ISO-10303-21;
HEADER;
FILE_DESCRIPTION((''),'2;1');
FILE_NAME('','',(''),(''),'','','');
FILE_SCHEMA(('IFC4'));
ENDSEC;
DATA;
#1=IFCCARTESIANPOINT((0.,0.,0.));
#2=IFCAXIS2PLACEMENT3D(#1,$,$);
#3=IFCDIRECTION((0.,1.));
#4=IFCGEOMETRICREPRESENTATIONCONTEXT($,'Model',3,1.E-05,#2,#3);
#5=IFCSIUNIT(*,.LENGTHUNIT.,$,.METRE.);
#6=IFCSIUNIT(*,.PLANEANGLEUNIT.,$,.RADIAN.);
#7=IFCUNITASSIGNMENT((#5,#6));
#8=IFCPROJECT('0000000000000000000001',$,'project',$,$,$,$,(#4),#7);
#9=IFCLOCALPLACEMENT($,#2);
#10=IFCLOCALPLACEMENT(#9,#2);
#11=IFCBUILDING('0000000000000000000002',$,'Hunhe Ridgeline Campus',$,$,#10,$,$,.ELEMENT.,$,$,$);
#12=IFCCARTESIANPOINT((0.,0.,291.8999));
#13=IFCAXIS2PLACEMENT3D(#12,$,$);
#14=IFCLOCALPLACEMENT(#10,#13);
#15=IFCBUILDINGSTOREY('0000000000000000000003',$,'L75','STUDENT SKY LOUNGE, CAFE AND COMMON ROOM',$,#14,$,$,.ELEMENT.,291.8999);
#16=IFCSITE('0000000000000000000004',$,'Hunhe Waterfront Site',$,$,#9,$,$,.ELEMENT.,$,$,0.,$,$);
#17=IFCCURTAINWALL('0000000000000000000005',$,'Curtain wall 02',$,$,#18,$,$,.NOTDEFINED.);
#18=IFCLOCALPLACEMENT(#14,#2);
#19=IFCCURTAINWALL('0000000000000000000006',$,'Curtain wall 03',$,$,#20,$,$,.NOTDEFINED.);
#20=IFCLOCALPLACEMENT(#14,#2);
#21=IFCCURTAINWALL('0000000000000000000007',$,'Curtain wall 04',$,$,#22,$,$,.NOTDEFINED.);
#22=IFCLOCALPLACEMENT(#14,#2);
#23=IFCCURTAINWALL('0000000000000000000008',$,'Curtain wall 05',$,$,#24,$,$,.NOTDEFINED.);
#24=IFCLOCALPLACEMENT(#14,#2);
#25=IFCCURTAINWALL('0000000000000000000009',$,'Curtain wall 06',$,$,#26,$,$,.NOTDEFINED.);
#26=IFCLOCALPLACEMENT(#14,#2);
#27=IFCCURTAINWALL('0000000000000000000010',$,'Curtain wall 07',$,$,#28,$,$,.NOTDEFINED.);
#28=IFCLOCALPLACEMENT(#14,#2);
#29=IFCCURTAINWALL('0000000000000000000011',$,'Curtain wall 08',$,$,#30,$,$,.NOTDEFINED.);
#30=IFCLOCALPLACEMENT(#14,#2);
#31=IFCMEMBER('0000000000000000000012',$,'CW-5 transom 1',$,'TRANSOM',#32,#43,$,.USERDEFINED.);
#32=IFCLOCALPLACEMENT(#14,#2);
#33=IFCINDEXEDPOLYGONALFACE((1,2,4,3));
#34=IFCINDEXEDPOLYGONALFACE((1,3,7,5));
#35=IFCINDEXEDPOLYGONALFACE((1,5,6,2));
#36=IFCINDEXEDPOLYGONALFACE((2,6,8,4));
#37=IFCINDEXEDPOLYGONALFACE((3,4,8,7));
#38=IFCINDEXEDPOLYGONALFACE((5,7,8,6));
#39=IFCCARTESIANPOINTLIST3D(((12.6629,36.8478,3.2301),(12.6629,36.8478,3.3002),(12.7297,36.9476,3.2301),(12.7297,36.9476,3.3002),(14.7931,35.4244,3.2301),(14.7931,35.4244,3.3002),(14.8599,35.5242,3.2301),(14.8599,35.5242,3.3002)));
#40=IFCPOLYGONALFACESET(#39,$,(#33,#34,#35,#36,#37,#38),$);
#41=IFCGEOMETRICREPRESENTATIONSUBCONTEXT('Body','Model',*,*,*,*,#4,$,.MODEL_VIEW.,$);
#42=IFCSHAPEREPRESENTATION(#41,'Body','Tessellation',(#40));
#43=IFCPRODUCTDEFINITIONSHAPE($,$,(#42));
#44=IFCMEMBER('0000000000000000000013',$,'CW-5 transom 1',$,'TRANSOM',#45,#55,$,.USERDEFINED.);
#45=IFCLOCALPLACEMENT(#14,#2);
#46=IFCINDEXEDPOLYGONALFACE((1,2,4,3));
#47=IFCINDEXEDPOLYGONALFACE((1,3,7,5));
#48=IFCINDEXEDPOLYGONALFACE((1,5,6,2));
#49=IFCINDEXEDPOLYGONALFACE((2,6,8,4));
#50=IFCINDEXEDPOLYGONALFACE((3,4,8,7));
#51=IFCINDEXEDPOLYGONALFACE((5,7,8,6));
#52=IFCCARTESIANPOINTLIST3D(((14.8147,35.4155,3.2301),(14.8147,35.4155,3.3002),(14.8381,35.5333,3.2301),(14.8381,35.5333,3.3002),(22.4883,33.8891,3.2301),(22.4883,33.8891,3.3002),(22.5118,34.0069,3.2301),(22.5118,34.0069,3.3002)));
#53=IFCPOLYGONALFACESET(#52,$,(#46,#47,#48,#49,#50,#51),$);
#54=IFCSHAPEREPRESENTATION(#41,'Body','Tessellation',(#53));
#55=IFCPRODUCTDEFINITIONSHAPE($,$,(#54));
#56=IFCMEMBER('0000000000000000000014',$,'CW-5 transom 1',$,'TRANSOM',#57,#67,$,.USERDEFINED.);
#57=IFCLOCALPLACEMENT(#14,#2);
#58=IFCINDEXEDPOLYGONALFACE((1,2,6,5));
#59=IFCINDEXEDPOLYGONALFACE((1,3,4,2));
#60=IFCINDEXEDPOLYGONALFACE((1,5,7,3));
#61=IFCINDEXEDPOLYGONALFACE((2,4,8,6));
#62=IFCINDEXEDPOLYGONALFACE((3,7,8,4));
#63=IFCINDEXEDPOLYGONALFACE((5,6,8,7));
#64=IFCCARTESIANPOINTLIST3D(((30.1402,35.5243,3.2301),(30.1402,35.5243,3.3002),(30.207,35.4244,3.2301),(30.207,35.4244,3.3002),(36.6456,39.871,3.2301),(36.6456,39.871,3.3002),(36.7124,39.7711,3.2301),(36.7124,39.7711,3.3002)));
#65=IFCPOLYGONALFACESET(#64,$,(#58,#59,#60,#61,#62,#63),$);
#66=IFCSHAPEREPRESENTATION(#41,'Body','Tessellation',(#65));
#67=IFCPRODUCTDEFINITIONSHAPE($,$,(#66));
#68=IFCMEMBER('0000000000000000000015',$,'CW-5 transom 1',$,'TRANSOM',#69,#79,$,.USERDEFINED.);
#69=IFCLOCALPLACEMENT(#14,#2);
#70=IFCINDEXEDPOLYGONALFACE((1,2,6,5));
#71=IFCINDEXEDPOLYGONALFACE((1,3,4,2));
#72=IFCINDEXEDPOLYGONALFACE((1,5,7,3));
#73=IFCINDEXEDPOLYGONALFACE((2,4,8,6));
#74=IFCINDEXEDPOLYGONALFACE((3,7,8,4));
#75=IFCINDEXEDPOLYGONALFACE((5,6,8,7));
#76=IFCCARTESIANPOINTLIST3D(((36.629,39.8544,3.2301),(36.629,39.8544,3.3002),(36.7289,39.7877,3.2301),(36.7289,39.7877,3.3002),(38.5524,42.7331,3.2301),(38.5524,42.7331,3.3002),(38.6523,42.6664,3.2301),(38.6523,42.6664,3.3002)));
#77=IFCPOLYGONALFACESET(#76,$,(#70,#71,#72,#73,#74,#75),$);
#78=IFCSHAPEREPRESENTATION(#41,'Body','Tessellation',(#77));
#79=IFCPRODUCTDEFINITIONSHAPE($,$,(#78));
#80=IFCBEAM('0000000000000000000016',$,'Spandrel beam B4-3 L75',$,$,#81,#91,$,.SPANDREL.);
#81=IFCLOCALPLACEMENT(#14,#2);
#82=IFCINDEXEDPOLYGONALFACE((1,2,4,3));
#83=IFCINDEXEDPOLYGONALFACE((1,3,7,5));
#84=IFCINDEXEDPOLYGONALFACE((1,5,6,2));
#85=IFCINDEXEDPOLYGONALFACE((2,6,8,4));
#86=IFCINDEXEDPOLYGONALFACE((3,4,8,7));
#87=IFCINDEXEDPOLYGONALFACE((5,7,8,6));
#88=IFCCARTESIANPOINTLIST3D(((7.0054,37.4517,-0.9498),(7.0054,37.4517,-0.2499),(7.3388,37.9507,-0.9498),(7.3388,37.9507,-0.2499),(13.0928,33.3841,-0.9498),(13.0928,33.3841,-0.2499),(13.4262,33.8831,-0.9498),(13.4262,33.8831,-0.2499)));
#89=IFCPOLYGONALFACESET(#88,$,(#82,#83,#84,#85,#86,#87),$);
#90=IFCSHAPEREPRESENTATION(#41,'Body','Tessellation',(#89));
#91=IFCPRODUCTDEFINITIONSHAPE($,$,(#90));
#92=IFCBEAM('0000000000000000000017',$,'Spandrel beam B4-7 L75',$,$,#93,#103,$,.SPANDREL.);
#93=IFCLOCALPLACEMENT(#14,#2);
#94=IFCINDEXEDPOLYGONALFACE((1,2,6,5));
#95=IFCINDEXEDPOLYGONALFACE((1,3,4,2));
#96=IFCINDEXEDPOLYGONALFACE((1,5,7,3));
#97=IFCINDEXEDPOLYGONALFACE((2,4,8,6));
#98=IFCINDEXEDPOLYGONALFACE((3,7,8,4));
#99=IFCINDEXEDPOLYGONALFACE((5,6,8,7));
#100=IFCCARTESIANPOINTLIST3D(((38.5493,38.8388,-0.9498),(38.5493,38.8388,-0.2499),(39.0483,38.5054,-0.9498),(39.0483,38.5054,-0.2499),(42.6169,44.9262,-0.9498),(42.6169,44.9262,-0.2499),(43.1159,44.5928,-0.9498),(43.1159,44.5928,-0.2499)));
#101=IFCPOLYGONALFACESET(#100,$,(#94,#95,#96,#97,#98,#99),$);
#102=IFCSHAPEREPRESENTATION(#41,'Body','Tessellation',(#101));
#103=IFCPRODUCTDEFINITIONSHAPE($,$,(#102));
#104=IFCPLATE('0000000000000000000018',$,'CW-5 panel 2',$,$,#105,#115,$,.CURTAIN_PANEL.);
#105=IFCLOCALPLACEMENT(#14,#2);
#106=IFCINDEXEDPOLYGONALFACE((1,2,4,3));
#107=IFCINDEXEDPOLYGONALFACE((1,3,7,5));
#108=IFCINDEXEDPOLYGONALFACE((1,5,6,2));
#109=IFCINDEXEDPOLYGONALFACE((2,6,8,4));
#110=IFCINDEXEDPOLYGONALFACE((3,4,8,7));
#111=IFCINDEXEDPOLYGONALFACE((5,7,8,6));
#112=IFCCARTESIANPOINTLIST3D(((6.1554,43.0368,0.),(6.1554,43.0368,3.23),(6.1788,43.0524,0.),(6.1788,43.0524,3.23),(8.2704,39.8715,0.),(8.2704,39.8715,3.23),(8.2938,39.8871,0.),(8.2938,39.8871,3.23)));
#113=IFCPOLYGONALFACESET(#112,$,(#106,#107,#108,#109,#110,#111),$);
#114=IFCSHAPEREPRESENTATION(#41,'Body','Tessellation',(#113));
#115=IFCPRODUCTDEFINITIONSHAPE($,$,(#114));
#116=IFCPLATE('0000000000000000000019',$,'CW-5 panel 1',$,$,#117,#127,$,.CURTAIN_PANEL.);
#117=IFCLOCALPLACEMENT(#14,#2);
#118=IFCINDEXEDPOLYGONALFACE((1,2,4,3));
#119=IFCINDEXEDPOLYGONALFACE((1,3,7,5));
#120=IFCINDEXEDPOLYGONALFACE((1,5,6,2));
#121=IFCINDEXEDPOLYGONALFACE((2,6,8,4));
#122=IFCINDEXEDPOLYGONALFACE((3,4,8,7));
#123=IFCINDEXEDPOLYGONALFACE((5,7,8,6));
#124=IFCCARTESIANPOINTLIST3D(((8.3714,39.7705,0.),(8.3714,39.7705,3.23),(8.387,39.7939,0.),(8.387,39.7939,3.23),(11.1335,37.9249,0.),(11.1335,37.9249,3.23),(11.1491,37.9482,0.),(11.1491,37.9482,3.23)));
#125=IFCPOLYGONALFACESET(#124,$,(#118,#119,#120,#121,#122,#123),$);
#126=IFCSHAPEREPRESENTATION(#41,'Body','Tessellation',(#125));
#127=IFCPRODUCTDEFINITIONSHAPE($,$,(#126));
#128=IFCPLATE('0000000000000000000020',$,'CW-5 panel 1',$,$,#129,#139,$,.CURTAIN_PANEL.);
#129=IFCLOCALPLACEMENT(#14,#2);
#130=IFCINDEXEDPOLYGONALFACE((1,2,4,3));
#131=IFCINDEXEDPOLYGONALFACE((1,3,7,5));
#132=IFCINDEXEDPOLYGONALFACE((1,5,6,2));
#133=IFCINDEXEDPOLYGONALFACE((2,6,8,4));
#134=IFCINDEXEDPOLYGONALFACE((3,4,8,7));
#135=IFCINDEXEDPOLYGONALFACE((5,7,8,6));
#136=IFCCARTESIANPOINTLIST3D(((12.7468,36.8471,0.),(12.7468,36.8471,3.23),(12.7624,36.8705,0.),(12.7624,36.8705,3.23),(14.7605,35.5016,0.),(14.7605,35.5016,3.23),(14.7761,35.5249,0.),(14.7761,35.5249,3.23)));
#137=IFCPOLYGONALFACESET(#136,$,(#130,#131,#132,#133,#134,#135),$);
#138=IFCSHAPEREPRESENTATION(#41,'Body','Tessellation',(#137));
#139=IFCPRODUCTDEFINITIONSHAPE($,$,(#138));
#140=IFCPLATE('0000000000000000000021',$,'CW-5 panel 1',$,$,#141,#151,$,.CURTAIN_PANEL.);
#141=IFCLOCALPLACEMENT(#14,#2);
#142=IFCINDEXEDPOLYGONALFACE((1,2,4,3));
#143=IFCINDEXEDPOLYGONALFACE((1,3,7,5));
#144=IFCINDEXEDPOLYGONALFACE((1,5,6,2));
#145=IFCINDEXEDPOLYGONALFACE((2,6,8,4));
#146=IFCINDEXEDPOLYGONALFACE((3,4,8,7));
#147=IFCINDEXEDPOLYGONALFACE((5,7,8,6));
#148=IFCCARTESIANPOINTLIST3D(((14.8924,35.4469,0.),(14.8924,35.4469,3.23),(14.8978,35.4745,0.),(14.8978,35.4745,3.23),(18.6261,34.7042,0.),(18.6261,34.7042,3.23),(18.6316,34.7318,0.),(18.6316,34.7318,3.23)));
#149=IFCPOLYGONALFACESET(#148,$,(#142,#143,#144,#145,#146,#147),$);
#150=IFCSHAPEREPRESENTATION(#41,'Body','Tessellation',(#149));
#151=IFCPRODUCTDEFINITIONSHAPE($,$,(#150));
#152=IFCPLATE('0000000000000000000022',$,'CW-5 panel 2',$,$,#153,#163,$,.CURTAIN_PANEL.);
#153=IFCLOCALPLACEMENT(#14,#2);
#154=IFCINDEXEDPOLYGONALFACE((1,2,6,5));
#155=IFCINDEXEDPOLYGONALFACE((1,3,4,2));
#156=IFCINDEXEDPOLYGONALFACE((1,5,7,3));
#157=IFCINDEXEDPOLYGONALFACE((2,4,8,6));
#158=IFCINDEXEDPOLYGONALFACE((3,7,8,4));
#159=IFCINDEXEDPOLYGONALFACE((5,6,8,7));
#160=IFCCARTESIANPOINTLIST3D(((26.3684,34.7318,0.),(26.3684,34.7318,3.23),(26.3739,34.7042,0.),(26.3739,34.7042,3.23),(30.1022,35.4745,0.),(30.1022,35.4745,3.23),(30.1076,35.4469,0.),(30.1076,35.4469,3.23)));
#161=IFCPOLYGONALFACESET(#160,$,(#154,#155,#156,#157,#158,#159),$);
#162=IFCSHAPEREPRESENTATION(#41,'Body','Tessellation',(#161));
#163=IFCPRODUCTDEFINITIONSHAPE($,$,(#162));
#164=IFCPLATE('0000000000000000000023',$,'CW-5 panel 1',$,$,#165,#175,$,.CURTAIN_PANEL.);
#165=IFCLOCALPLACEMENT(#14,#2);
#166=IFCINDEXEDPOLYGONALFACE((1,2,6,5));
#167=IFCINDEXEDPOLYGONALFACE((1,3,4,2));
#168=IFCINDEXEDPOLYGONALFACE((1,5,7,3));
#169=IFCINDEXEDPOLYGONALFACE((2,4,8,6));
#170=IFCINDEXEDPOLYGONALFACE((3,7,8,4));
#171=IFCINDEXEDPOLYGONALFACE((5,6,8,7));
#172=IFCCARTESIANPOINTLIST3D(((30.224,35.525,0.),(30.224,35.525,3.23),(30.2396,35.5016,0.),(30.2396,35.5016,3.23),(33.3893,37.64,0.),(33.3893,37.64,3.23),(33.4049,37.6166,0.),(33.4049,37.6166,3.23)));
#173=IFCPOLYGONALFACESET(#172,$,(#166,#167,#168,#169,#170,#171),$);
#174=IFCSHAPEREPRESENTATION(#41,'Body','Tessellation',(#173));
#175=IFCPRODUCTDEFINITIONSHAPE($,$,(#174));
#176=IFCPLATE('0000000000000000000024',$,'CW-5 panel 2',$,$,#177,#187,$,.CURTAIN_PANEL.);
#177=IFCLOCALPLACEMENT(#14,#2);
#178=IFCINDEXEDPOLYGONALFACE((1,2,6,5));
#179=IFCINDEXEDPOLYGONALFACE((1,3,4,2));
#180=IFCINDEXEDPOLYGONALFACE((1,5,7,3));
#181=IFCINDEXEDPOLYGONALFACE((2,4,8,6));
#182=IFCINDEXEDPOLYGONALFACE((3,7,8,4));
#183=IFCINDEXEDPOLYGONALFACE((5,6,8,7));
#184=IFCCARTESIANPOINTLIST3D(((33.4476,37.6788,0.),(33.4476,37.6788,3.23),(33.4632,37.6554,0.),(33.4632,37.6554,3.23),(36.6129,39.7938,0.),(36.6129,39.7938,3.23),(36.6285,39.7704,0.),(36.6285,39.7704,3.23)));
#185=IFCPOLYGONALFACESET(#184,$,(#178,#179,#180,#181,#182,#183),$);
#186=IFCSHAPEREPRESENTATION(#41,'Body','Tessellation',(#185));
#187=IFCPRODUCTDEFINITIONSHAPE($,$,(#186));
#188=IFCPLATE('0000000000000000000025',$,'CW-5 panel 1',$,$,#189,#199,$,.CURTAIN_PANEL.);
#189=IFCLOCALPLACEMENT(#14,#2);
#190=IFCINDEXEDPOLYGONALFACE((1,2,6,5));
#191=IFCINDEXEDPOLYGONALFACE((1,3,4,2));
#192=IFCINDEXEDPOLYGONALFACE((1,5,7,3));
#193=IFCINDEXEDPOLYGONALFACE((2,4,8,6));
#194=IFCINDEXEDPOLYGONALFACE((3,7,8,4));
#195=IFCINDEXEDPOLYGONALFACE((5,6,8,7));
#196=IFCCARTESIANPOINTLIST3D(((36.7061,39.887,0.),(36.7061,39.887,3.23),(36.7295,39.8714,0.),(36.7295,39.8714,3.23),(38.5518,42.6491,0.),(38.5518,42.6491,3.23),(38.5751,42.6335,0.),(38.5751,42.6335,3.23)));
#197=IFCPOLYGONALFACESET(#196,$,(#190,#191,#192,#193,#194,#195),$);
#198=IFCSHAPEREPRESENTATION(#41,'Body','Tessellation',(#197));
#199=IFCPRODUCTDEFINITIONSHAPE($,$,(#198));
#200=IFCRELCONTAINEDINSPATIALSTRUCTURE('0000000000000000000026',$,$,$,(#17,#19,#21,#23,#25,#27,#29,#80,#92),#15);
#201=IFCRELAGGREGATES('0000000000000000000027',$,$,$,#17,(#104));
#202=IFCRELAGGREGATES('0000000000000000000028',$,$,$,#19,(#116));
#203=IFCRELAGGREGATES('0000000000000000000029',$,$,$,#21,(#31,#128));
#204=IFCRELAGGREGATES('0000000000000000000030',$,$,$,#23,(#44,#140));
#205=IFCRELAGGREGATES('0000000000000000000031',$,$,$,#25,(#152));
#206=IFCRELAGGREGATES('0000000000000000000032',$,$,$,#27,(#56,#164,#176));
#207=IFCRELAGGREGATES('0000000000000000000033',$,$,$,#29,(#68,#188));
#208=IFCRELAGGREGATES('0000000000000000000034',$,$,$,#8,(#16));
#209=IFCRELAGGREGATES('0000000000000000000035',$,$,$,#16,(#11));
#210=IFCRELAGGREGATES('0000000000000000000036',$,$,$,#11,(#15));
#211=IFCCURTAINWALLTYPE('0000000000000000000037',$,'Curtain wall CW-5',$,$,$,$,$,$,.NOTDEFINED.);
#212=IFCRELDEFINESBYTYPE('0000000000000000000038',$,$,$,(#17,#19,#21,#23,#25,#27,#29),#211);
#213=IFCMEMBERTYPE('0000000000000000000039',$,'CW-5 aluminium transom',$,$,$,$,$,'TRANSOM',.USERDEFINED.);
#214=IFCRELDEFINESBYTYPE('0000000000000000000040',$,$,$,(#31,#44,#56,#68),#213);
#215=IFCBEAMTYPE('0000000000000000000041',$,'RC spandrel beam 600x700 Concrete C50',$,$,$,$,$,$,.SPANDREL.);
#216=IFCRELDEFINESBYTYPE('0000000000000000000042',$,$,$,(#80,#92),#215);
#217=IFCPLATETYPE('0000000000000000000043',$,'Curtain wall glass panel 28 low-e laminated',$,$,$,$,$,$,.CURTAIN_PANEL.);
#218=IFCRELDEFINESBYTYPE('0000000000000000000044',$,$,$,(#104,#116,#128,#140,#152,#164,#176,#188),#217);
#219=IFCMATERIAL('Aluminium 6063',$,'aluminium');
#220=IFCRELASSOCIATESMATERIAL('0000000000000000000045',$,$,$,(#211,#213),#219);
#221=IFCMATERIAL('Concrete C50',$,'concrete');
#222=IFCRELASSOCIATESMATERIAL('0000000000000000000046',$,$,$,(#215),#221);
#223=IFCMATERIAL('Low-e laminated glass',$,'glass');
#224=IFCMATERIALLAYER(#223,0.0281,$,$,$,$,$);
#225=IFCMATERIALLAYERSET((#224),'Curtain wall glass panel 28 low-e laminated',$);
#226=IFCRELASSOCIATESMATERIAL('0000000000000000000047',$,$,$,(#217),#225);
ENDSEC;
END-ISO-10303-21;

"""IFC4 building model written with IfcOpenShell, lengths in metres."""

from ifc_helpers import new_model, si_unit, direction, frame, origin, origin_2d, place, context, subcontext, project, spatial, rectangle, extrude, material, layer, layer_set, material_profile, profile_set, type_object, element, aggregate, save


model = new_model("IFC4")

# Units and contexts
model_context = context("Model", 3, precision=1e-05, world=origin(), true_north=direction((0.0, 1.0)))
body_context = subcontext(model_context, "Body", "Model", "MODEL_VIEW")
ifc_project = project(units=[si_unit("LENGTHUNIT", "METRE"), si_unit("PLANEANGLEUNIT", "RADIAN")], contexts=[model_context])

# Site, building, storey
site_placement = place(None, origin())
site = spatial("IfcSite", under=ifc_project, at=site_placement, Name="Hunhe Waterfront Site", CompositionType="ELEMENT", RefElevation=0.0)
building_placement = place(site_placement, origin())
building = spatial("IfcBuilding", under=site, at=building_placement, Name="Hunhe Ridgeline Campus", CompositionType="ELEMENT")
storey_placement = place(building_placement, frame((0.0, 0.0, 291.8999)))
storey = spatial("IfcBuildingStorey", under=building, at=storey_placement, Name="L75", Description="STUDENT SKY LOUNGE, CAFE AND COMMON ROOM", CompositionType="ELEMENT", Elevation=291.8999)

# Shared definitions
ifc_material_1 = material(Name="Concrete C50", Category="concrete")

# Curtain wall
ifc_material_2 = material(Name="Aluminium 6063", Category="aluminium")
curtain_wall_type = type_object("IfcCurtainWallType", Name="Curtain wall CW-5", PredefinedType="NOTDEFINED", material=ifc_material_2)
curtain_wall_1_placement = place(storey_placement, origin())
curtain_wall_1 = element("IfcCurtainWall", 1, at=curtain_wall_1_placement, inside=storey, type_object=curtain_wall_type, Name="Curtain wall 02", PredefinedType="NOTDEFINED")

# Curtain walls
curtain_wall_2_placement = place(storey_placement, origin())
curtain_wall_2 = element("IfcCurtainWall", 2, at=curtain_wall_2_placement, inside=storey, type_object=curtain_wall_type, Name="Curtain wall 03", PredefinedType="NOTDEFINED")
curtain_wall_3_placement = place(storey_placement, origin())
curtain_wall_3 = element("IfcCurtainWall", 3, at=curtain_wall_3_placement, inside=storey, type_object=curtain_wall_type, Name="Curtain wall 04", PredefinedType="NOTDEFINED")

# Curtain wall
curtain_wall_4_placement = place(storey_placement, origin())
curtain_wall_4 = element("IfcCurtainWall", 4, at=curtain_wall_4_placement, inside=storey, type_object=curtain_wall_type, Name="Curtain wall 05", PredefinedType="NOTDEFINED")

# Curtain walls
curtain_wall_5_placement = place(storey_placement, origin())
curtain_wall_5 = element("IfcCurtainWall", 5, at=curtain_wall_5_placement, inside=storey, type_object=curtain_wall_type, Name="Curtain wall 06", PredefinedType="NOTDEFINED")
curtain_wall_6_placement = place(storey_placement, origin())
curtain_wall_6 = element("IfcCurtainWall", 6, at=curtain_wall_6_placement, inside=storey, type_object=curtain_wall_type, Name="Curtain wall 07", PredefinedType="NOTDEFINED")

# Curtain wall
curtain_wall_7_placement = place(storey_placement, origin())
curtain_wall_7 = element("IfcCurtainWall", 7, at=curtain_wall_7_placement, inside=storey, type_object=curtain_wall_type, Name="Curtain wall 08", PredefinedType="NOTDEFINED")

# Members
ifc_material_profile_1 = material_profile(ifc_material_2, rectangle(XDim=0.1201, YDim=0.0701, at=origin_2d()))
ifc_profile_set_1 = profile_set([ifc_material_profile_1], Name="Aluminium 6063")
member_type_1 = type_object("IfcMemberType", Name="CW-5 aluminium transom", ElementType="TRANSOM", PredefinedType="USERDEFINED", material=ifc_profile_set_1)
member_1_placement = place(storey_placement, frame((12.6963, 36.8977, 3.2651), z_axis=(0.831463, -0.55558, 0.0), x_axis=(0.55558, 0.831463, 0.0)))
member_1 = element("IfcMember", 8, at=member_1_placement, type_object=member_type_1, Name="CW-5 transom 1", ObjectType="TRANSOM", PredefinedType="USERDEFINED", context=body_context, shape_type="SweptSolid", body=[
    extrude(rectangle(XDim=0.1201, YDim=0.0701, at=origin_2d()), origin(), (0.0, 0.0, 1.0), 2.562),
])
member_2_placement = place(storey_placement, frame((14.8264, 35.4744, 3.2651), z_axis=(0.980785, -0.19509, 0.0), x_axis=(0.19509, 0.980785, 0.0)))
member_2 = element("IfcMember", 9, at=member_2_placement, type_object=member_type_1, Name="CW-5 transom 1", ObjectType="TRANSOM", PredefinedType="USERDEFINED", context=body_context, shape_type="SweptSolid", body=[
    extrude(rectangle(XDim=0.1201, YDim=0.0701, at=origin_2d()), origin(), (0.0, 0.0, 1.0), 7.824),
])
member_3_placement = place(storey_placement, frame((30.1736, 35.4744, 3.2651), z_axis=(0.831474, 0.555564, 0.0), x_axis=(-0.555564, 0.831474, 0.0)))
member_3 = element("IfcMember", 10, at=member_3_placement, type_object=member_type_1, Name="CW-5 transom 1", ObjectType="TRANSOM", PredefinedType="USERDEFINED", context=body_context, shape_type="SweptSolid", body=[
    extrude(rectangle(XDim=0.1201, YDim=0.0701, at=origin_2d()), origin(), (0.0, 0.0, 1.0), 7.824),
])
member_4_placement = place(storey_placement, frame((36.679, 39.821, 3.2651), z_axis=(0.555546, 0.831486, 0.0), x_axis=(-0.831486, 0.555546, 0.0)))
member_4 = element("IfcMember", 11, at=member_4_placement, type_object=member_type_1, Name="CW-5 transom 1", ObjectType="TRANSOM", PredefinedType="USERDEFINED", context=body_context, shape_type="SweptSolid", body=[
    extrude(rectangle(XDim=0.1201, YDim=0.0701, at=origin_2d()), origin(), (0.0, 0.0, 1.0), 3.4622),
])

# Beams
ifc_material_profile_2 = material_profile(ifc_material_1, rectangle(XDim=0.6001, YDim=0.7, at=origin_2d()))
ifc_profile_set_2 = profile_set([ifc_material_profile_2], Name="Concrete C50")
beam_type = type_object("IfcBeamType", Name="RC spandrel beam 600x700 Concrete C50", PredefinedType="SPANDREL", material=ifc_profile_set_2)
for number, where, z_axis, x_axis, name in (
    (12, (7.1721, 37.7012, -0.5999), (0.83146, -0.555585, 0.0), (0.555585, 0.83146, 0.0), "Spandrel beam B4-3 L75"),
    (13, (38.7988, 38.6721, -0.5999), (0.555585, 0.83146, 0.0), (-0.83146, 0.555585, 0.0), "Spandrel beam B4-7 L75"),
):
    element("IfcBeam", number, at=place(storey_placement, frame(where, z_axis=z_axis, x_axis=x_axis)), inside=storey, type_object=beam_type, Name=name, PredefinedType="SPANDREL", context=body_context, shape_type="SweptSolid", body=[
        extrude(rectangle(XDim=0.6001, YDim=0.7, at=origin_2d()), origin(), (0.0, 0.0, 1.0), 7.3213),
    ])

# Plates
ifc_material_3 = material(Name="Low-e laminated glass", Category="glass")
ifc_layer_1 = layer(ifc_material_3, 0.0281)
ifc_layer_set_1 = layer_set([ifc_layer_1], Name="Curtain wall glass panel 28 low-e laminated")
plate_type = type_object("IfcPlateType", Name="Curtain wall glass panel 28 low-e laminated", PredefinedType="CURTAIN_PANEL", material=ifc_layer_set_1)
plate_1_placement = place(storey_placement, frame((7.2246, 41.4619, 0.0), z_axis=(0.0, 0.0, 1.0), x_axis=(0.55557, -0.83147, 0.0)))
plate_1 = element("IfcPlate", 14, at=plate_1_placement, type_object=plate_type, Name="CW-5 panel 2", PredefinedType="CURTAIN_PANEL", context=body_context, shape_type="SweptSolid", body=[
    extrude(rectangle(XDim=3.8069, YDim=0.0281, at=origin_2d()), origin(), (0.0, 0.0, 1.0), 3.23),
])
aggregate(curtain_wall_1, [plate_1])
plate_2_placement = place(storey_placement, frame((9.7603, 38.8594, 0.0), z_axis=(0.0, 0.0, 1.0), x_axis=(0.83147, -0.55557, 0.0)))
plate_2 = element("IfcPlate", 15, at=plate_2_placement, type_object=plate_type, Name="CW-5 panel 1", PredefinedType="CURTAIN_PANEL", context=body_context, shape_type="SweptSolid", body=[
    extrude(rectangle(XDim=3.322, YDim=0.0281, at=origin_2d()), origin(), (0.0, 0.0, 1.0), 3.23),
])
aggregate(curtain_wall_2, [plate_2])
plate_3_placement = place(storey_placement, frame((13.7615, 36.186, 0.0), z_axis=(0.0, 0.0, 1.0), x_axis=(0.83147, -0.55557, 0.0)))
plate_3 = element("IfcPlate", 16, at=plate_3_placement, type_object=plate_type, Name="CW-5 panel 1", PredefinedType="CURTAIN_PANEL", context=body_context, shape_type="SweptSolid", body=[
    extrude(rectangle(XDim=2.4219, YDim=0.0281, at=origin_2d()), origin(), (0.0, 0.0, 1.0), 3.23),
])
aggregate(curtain_wall_3, [member_1, plate_3])
plate_4_placement = place(storey_placement, frame((16.762, 35.0894, 0.0), z_axis=(0.0, 0.0, 1.0), x_axis=(0.980785, -0.19509, 0.0)))
plate_4 = element("IfcPlate", 17, at=plate_4_placement, type_object=plate_type, Name="CW-5 panel 1", PredefinedType="CURTAIN_PANEL", context=body_context, shape_type="SweptSolid", body=[
    extrude(rectangle(XDim=3.8069, YDim=0.0281, at=origin_2d()), origin(), (0.0, 0.0, 1.0), 3.23),
])
aggregate(curtain_wall_4, [member_2, plate_4])
plate_5_placement = place(storey_placement, frame((28.238, 35.0894, 0.0), z_axis=(0.0, 0.0, 1.0), x_axis=(0.980785, 0.19509, 0.0)))
plate_5 = element("IfcPlate", 18, at=plate_5_placement, type_object=plate_type, Name="CW-5 panel 2", PredefinedType="CURTAIN_PANEL", context=body_context, shape_type="SweptSolid", body=[
    extrude(rectangle(XDim=3.8069, YDim=0.0281, at=origin_2d()), origin(), (0.0, 0.0, 1.0), 3.23),
])
aggregate(curtain_wall_5, [plate_5])
plate_6_placement = place(storey_placement, frame((31.8145, 36.5708, 0.0), z_axis=(0.0, 0.0, 1.0), x_axis=(0.83147, 0.55557, 0.0)))
plate_6 = element("IfcPlate", 19, at=plate_6_placement, type_object=plate_type, Name="CW-5 panel 1", PredefinedType="CURTAIN_PANEL", context=body_context, shape_type="SweptSolid", body=[
    extrude(rectangle(XDim=3.8069, YDim=0.0281, at=origin_2d()), origin(), (0.0, 0.0, 1.0), 3.23),
])
plate_7_placement = place(storey_placement, frame((35.0381, 38.7246, 0.0), z_axis=(0.0, 0.0, 1.0), x_axis=(0.83147, 0.55557, 0.0)))
plate_7 = element("IfcPlate", 20, at=plate_7_placement, type_object=plate_type, Name="CW-5 panel 2", PredefinedType="CURTAIN_PANEL", context=body_context, shape_type="SweptSolid", body=[
    extrude(rectangle(XDim=3.8069, YDim=0.0281, at=origin_2d()), origin(), (0.0, 0.0, 1.0), 3.23),
])
aggregate(curtain_wall_6, [member_3, plate_6, plate_7])
plate_8_placement = place(storey_placement, frame((37.6406, 41.2603, 0.0), z_axis=(0.0, 0.0, 1.0), x_axis=(0.55557, 0.83147, 0.0)))
plate_8 = element("IfcPlate", 21, at=plate_8_placement, type_object=plate_type, Name="CW-5 panel 1", PredefinedType="CURTAIN_PANEL", context=body_context, shape_type="SweptSolid", body=[
    extrude(rectangle(XDim=3.322, YDim=0.0281, at=origin_2d()), origin(), (0.0, 0.0, 1.0), 3.23),
])
aggregate(curtain_wall_7, [member_4, plate_8])

save(model, "model.ifc")
